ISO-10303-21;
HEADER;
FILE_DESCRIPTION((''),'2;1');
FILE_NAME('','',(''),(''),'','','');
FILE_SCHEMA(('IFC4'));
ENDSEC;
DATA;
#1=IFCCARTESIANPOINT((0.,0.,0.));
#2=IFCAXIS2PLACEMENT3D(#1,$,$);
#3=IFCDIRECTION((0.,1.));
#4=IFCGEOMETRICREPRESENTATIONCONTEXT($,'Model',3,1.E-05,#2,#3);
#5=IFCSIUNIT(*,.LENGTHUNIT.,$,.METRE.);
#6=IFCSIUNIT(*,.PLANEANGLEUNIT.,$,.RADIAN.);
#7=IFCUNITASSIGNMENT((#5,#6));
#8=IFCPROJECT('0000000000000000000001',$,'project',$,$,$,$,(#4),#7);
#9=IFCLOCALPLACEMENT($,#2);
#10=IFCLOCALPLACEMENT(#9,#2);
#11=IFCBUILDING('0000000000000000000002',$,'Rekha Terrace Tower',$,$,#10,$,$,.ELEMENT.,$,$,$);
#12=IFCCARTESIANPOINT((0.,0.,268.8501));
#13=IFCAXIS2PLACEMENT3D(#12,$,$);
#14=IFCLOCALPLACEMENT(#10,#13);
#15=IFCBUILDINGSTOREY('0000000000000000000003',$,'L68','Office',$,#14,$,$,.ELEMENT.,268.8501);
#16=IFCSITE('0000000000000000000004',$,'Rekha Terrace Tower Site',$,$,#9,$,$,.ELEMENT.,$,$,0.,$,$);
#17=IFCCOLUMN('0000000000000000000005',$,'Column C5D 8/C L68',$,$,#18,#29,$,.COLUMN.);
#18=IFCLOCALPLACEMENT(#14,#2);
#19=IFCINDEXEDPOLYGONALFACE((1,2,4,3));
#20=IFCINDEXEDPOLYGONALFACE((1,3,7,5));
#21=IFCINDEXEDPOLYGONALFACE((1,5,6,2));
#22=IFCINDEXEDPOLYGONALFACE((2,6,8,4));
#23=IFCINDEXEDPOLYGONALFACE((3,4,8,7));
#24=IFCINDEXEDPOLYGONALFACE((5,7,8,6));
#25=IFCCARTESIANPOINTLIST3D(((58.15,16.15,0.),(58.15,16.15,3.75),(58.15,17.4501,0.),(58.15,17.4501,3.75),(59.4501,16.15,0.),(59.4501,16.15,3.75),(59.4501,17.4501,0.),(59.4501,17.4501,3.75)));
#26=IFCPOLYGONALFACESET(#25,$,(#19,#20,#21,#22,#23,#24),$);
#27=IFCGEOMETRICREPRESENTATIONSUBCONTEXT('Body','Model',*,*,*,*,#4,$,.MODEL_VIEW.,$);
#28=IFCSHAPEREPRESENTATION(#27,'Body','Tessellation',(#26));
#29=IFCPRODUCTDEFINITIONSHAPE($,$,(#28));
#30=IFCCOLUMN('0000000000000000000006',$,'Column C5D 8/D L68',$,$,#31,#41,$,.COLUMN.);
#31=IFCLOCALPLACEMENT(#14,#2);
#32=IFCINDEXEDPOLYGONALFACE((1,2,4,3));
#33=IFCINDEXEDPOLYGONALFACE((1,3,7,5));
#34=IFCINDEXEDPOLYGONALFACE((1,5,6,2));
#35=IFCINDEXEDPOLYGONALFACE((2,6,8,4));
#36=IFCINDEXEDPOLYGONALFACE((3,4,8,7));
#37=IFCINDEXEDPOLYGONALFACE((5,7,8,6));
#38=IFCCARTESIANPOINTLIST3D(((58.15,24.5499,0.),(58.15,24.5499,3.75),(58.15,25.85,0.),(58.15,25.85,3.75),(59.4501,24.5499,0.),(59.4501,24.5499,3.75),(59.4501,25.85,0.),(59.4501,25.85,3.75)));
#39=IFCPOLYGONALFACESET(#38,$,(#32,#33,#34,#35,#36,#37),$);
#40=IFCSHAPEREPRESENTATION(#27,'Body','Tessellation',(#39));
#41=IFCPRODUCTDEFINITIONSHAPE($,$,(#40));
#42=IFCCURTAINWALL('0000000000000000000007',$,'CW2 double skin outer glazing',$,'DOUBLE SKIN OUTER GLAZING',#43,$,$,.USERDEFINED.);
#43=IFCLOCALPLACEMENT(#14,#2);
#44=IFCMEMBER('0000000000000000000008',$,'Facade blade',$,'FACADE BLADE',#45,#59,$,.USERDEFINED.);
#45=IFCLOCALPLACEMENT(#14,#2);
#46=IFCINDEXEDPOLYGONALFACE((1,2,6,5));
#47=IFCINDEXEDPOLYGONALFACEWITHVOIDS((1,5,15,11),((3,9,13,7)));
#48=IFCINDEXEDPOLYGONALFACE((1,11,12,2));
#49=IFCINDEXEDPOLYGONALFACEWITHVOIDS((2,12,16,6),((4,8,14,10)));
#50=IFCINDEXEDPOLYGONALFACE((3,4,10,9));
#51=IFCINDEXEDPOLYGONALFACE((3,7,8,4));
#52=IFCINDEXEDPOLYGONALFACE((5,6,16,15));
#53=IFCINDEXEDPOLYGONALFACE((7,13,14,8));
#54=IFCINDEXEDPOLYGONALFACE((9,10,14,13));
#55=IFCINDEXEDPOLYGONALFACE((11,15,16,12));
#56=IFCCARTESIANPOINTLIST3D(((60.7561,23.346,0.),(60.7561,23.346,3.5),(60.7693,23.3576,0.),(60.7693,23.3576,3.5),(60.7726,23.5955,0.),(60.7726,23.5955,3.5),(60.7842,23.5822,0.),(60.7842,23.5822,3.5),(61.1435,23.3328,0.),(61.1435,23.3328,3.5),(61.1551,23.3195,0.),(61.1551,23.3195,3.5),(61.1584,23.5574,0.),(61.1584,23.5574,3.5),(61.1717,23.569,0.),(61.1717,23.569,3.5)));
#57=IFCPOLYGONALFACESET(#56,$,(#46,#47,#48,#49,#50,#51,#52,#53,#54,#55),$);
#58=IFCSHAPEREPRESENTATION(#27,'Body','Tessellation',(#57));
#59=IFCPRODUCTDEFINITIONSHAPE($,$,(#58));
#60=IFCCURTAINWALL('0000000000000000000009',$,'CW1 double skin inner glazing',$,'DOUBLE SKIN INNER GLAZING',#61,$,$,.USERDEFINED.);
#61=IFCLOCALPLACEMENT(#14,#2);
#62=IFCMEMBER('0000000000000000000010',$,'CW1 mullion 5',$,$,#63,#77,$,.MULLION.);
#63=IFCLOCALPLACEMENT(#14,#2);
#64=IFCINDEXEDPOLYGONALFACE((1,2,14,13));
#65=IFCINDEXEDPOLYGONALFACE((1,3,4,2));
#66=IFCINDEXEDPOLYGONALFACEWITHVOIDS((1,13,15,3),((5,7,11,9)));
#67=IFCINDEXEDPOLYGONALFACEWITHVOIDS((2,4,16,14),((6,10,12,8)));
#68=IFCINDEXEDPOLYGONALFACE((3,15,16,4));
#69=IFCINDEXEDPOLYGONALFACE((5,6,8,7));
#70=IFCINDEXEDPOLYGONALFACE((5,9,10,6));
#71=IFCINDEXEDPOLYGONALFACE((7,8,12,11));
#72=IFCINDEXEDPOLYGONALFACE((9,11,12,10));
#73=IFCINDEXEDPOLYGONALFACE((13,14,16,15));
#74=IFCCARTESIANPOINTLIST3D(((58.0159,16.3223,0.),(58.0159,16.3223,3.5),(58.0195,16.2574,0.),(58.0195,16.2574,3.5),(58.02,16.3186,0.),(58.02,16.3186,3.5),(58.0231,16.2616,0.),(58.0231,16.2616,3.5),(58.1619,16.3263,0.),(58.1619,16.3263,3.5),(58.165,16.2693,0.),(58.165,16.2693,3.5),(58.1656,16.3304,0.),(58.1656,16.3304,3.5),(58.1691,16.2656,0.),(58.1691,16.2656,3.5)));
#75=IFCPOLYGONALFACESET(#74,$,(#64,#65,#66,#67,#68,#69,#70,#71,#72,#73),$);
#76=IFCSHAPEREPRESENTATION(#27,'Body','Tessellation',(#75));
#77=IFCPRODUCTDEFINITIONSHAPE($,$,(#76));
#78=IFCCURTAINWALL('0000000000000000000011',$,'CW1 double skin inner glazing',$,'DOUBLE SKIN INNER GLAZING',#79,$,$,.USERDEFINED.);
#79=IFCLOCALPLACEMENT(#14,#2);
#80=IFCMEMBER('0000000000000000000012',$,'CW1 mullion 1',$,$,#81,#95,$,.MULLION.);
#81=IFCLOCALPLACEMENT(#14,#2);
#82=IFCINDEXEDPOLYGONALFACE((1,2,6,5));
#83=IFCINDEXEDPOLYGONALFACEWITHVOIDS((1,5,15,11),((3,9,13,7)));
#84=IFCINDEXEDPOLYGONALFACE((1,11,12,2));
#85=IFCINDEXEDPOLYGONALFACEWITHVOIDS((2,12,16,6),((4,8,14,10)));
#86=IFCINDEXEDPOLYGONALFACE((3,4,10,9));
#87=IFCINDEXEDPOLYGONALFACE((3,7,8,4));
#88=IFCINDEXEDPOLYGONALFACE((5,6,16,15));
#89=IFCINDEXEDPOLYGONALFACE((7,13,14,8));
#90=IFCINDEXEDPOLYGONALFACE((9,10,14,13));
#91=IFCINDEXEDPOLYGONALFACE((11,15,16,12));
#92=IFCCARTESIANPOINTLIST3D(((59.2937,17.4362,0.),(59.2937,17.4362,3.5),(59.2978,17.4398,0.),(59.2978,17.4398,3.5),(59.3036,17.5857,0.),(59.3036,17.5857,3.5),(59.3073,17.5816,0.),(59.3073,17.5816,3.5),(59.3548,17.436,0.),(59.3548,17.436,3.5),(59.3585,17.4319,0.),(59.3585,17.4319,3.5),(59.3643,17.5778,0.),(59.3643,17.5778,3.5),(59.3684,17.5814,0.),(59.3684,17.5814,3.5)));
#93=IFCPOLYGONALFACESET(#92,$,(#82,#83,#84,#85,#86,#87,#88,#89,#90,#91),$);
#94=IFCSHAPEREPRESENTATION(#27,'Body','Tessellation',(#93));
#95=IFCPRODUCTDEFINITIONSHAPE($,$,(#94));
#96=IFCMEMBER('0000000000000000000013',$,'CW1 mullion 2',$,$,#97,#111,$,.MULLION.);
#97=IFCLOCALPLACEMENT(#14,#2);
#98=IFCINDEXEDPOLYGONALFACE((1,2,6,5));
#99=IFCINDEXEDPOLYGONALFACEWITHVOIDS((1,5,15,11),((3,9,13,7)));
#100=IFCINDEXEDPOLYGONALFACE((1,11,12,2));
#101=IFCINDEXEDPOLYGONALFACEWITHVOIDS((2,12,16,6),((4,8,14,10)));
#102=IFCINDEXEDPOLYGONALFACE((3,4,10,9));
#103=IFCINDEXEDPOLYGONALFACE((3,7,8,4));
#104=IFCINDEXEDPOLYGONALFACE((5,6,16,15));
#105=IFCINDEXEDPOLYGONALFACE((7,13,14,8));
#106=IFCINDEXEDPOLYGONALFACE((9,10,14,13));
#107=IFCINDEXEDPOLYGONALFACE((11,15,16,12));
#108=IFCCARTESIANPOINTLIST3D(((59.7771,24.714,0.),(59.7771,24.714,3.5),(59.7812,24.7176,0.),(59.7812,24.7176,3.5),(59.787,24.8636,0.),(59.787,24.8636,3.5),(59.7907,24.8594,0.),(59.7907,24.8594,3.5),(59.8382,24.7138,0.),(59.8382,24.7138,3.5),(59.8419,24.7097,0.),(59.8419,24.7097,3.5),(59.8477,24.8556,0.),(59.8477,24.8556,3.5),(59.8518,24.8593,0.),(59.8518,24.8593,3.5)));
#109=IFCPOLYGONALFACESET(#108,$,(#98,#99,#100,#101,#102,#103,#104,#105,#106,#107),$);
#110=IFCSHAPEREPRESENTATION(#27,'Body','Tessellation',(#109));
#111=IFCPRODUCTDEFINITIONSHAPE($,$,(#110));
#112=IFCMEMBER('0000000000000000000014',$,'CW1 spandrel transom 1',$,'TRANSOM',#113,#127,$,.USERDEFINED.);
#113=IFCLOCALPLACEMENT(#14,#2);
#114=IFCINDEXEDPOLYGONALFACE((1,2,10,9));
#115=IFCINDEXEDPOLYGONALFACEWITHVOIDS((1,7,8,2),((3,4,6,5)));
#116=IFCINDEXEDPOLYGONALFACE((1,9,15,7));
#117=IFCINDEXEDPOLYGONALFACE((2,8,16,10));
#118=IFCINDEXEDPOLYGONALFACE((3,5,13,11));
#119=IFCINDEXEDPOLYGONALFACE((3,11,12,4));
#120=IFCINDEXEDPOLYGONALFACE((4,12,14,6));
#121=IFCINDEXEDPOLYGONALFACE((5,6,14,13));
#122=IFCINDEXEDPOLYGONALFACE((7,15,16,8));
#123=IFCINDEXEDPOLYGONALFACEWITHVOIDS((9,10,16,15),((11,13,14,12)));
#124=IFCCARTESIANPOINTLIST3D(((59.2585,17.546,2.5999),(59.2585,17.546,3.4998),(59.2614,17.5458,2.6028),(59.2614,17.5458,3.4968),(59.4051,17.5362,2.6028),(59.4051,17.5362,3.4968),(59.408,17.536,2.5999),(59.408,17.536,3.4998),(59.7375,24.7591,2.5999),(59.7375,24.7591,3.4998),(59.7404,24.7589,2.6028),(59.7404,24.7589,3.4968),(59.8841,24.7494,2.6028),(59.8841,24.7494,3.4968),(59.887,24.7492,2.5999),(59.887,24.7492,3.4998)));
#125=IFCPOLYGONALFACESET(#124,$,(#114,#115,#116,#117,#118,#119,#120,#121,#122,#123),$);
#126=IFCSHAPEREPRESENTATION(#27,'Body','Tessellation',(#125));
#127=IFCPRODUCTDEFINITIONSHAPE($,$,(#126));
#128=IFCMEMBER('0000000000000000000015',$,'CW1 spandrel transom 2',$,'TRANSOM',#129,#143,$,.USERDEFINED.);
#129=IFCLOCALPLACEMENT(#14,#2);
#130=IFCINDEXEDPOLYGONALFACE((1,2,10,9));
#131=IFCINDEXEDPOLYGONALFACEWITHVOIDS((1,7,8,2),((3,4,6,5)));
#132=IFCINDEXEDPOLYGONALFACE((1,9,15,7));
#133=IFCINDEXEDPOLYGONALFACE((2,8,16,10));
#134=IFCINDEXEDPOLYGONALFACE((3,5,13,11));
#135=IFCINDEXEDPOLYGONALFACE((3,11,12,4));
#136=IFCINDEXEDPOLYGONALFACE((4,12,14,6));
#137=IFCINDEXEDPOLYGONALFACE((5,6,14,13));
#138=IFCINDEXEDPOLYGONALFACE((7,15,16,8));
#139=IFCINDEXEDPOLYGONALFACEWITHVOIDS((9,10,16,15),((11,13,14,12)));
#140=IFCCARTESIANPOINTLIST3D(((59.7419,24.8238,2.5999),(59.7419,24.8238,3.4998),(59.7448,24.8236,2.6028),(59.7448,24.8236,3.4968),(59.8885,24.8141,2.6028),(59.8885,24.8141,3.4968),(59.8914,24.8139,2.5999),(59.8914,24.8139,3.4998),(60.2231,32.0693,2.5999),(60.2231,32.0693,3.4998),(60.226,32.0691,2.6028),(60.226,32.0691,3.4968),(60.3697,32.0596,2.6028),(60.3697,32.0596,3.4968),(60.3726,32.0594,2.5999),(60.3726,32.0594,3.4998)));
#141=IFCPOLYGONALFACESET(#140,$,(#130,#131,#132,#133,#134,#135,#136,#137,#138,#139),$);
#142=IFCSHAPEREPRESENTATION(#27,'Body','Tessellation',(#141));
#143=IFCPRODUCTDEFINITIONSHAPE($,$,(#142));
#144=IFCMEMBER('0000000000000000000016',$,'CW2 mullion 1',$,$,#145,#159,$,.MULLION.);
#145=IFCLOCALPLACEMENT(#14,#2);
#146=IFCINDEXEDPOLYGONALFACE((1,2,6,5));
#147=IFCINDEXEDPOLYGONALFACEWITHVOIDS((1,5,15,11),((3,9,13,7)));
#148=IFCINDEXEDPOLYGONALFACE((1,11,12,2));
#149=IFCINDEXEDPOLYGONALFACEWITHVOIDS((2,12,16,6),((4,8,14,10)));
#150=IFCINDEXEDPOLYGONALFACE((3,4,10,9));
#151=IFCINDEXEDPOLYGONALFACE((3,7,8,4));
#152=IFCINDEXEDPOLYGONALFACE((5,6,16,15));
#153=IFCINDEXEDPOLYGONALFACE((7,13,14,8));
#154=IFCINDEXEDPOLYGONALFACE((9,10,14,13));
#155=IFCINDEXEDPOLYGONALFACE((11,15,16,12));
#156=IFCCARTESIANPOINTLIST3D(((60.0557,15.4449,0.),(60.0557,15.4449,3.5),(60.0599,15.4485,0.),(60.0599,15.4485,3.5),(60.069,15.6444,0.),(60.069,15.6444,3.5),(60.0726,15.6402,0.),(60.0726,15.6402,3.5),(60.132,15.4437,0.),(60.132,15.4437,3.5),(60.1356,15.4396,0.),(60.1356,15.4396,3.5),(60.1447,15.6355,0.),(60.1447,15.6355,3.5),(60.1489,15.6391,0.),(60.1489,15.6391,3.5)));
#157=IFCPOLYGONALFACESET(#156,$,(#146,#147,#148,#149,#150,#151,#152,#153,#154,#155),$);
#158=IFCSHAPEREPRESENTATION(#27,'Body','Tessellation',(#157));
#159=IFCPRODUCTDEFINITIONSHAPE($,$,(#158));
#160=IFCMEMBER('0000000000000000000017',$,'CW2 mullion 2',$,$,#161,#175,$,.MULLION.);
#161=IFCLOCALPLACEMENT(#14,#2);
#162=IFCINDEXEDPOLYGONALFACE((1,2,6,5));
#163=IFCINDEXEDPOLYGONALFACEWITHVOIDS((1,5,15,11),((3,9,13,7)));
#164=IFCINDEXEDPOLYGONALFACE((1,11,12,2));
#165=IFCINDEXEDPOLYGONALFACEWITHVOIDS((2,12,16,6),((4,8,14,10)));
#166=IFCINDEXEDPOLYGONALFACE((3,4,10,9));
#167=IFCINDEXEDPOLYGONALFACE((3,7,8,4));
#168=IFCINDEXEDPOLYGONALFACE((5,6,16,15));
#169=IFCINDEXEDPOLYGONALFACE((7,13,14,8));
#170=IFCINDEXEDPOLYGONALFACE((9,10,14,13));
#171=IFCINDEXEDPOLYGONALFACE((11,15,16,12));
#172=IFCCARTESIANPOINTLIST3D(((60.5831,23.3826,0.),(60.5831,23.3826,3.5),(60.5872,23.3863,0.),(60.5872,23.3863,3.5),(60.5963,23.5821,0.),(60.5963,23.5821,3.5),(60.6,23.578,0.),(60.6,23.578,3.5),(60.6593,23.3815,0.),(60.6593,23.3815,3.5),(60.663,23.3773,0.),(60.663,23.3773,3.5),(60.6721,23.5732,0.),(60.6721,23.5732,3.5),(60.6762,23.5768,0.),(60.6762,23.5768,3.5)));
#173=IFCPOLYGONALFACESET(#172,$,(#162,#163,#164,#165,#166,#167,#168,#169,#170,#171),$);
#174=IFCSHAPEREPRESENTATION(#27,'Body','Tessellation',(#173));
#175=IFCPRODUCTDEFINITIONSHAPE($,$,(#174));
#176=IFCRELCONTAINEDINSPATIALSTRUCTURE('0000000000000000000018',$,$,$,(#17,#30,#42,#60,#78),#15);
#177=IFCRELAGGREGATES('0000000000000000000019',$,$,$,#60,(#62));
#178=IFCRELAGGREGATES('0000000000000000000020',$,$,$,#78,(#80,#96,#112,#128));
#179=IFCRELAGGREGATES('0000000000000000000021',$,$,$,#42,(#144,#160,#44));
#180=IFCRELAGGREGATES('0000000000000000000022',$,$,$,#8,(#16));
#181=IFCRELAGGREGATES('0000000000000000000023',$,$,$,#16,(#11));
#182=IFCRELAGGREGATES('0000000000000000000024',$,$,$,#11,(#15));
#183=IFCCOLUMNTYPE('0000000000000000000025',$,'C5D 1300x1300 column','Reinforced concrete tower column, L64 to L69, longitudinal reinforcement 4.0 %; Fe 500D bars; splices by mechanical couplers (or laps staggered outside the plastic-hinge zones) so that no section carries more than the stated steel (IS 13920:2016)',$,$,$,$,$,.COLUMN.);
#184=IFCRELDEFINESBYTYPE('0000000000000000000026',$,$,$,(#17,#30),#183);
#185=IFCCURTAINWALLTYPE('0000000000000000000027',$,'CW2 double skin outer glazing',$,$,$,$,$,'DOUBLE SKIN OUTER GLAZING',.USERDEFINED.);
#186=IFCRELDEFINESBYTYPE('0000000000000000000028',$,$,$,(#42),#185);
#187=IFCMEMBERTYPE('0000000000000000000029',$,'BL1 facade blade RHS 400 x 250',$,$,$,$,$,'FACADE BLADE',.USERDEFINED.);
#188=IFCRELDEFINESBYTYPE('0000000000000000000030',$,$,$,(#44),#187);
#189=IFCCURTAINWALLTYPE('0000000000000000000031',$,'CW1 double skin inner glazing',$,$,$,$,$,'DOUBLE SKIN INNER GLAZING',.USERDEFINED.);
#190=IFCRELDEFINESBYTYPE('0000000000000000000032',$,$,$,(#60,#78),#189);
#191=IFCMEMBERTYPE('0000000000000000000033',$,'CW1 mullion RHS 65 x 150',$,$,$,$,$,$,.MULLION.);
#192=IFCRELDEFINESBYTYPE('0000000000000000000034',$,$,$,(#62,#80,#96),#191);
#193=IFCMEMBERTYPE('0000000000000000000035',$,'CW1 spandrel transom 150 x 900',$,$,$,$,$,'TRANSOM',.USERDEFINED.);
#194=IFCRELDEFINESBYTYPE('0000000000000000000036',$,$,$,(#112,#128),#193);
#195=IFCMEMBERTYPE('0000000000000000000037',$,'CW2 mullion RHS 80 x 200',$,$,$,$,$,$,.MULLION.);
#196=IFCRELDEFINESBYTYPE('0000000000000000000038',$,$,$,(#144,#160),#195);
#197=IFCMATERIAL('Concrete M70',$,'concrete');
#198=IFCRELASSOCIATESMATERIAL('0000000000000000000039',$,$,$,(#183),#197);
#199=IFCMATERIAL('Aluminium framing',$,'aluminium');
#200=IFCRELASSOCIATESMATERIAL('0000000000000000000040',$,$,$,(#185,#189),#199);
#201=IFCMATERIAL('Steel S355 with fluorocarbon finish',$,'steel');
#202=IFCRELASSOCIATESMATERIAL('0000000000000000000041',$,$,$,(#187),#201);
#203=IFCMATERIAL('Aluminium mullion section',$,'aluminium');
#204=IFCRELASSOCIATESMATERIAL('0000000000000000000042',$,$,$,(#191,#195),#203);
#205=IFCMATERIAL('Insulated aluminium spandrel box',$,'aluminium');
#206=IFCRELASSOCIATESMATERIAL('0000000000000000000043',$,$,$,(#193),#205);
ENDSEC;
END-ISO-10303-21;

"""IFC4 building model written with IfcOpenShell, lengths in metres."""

from ifc_helpers import new_model, si_unit, direction, frame, origin, origin_2d, place, context, subcontext, project, spatial, rectangle, hollow_rectangle, extrude, material, material_profile, profile_set, type_object, element, aggregate, save


model = new_model("IFC4")

# Units and contexts
model_context = context("Model", 3, precision=1e-05, world=origin(), true_north=direction((0.0, 1.0)))
body_context = subcontext(model_context, "Body", "Model", "MODEL_VIEW")
ifc_project = project(units=[si_unit("LENGTHUNIT", "METRE"), si_unit("PLANEANGLEUNIT", "RADIAN")], contexts=[model_context])

# Site, building, storey
site_placement = place(None, origin())
site = spatial("IfcSite", under=ifc_project, at=site_placement, Name="Rekha Terrace Tower Site", CompositionType="ELEMENT", RefElevation=0.0)
building_placement = place(site_placement, origin())
building = spatial("IfcBuilding", under=site, at=building_placement, Name="Rekha Terrace Tower", CompositionType="ELEMENT")
storey_placement = place(building_placement, frame((0.0, 0.0, 268.8501)))
storey = spatial("IfcBuildingStorey", under=building, at=storey_placement, Name="L68", Description="Office", CompositionType="ELEMENT", Elevation=268.8501)

# Columns
ifc_material_1 = material(Name="Concrete M70", Category="concrete")
ifc_material_profile_1 = material_profile(ifc_material_1, rectangle(XDim=1.3, YDim=1.3, at=origin_2d()), Name="RC 1300x1300")
ifc_profile_set_1 = profile_set([ifc_material_profile_1], Name="Concrete M70")
column_type = type_object("IfcColumnType", Name="C5D 1300x1300 column", Description="Reinforced concrete tower column, L64 to L69, longitudinal reinforcement 4.0 %; Fe 500D bars; splices by mechanical couplers (or laps staggered outside the plastic-hinge zones) so that no section carries more than the stated steel (IS 13920:2016)", PredefinedType="COLUMN", material=ifc_profile_set_1)
for number, where, z_axis, x_axis, name in (
    (1, (58.8, 16.8, 0.0), (0.0, 0.0, 1.0), (1.0, 0.0, 0.0), "Column C5D 8/C L68"),
    (2, (58.8, 25.2, 0.0), (0.0, 0.0, 1.0), (1.0, 0.0, 0.0), "Column C5D 8/D L68"),
):
    element("IfcColumn", number, at=place(storey_placement, frame(where, z_axis=z_axis, x_axis=x_axis)), inside=storey, type_object=column_type, Name=name, PredefinedType="COLUMN", context=body_context, shape_type="SweptSolid", body=[
        extrude(rectangle(XDim=1.3, YDim=1.3, at=origin_2d()), origin(), (0.0, 0.0, 1.0), 3.75),
    ])

# Curtain walls, members
ifc_material_2 = material(Name="Aluminium framing", Category="aluminium")
curtain_wall_type_1 = type_object("IfcCurtainWallType", Name="CW2 double skin outer glazing", ElementType="DOUBLE SKIN OUTER GLAZING", PredefinedType="USERDEFINED", material=ifc_material_2)
curtain_wall_1_placement = place(storey_placement, origin())
curtain_wall_1 = element("IfcCurtainWall", 3, at=curtain_wall_1_placement, inside=storey, type_object=curtain_wall_type_1, Name="CW2 double skin outer glazing", ObjectType="DOUBLE SKIN OUTER GLAZING", PredefinedType="USERDEFINED")
ifc_material_3 = material(Name="Steel S355 with fluorocarbon finish", Category="steel")
ifc_material_profile_2 = material_profile(ifc_material_3, hollow_rectangle(XDim=0.25, YDim=0.3999, WallThickness=0.0125, at=origin_2d()), Name="RHS400x250x12.5")
ifc_profile_set_2 = profile_set([ifc_material_profile_2], Name="Steel S355 with fluorocarbon finish")
member_type_1 = type_object("IfcMemberType", Name="BL1 facade blade RHS 400 x 250", ElementType="FACADE BLADE", PredefinedType="USERDEFINED", material=ifc_profile_set_2)
member_1_placement = place(storey_placement, frame((60.9639, 23.4575, 0.0), z_axis=(0.0, 0.0, 1.0), x_axis=(0.066272, 0.997802, 0.0)))
member_1 = element("IfcMember", 4, at=member_1_placement, type_object=member_type_1, Name="Facade blade", ObjectType="FACADE BLADE", PredefinedType="USERDEFINED", context=body_context, shape_type="SweptSolid", body=[
    extrude(hollow_rectangle(XDim=0.25, YDim=0.3999, WallThickness=0.0125, at=origin_2d()), origin(), (0.0, 0.0, 1.0), 3.5),
])
curtain_wall_type_2 = type_object("IfcCurtainWallType", Name="CW1 double skin inner glazing", ElementType="DOUBLE SKIN INNER GLAZING", PredefinedType="USERDEFINED", material=ifc_material_2)
curtain_wall_2_placement = place(storey_placement, origin())
curtain_wall_2 = element("IfcCurtainWall", 5, at=curtain_wall_2_placement, inside=storey, type_object=curtain_wall_type_2, Name="CW1 double skin inner glazing", ObjectType="DOUBLE SKIN INNER GLAZING", PredefinedType="USERDEFINED")
ifc_material_4 = material(Name="Aluminium mullion section", Category="aluminium")
ifc_material_profile_3 = material_profile(ifc_material_4, hollow_rectangle(XDim=0.0649, YDim=0.1499, WallThickness=0.0039, at=origin_2d()), Name="AL RHS 65x150")
ifc_profile_set_3 = profile_set([ifc_material_profile_3], Name="Aluminium mullion section")
member_type_2 = type_object("IfcMemberType", Name="CW1 mullion RHS 65 x 150", PredefinedType="MULLION", material=ifc_profile_set_3)
member_2_placement = place(storey_placement, frame((58.0925, 16.2939, 0.0), z_axis=(0.0, 0.0, 1.0), x_axis=(-0.054389, 0.99852, 0.0)))
member_2 = element("IfcMember", 6, at=member_2_placement, type_object=member_type_2, Name="CW1 mullion 5", PredefinedType="MULLION", context=body_context, shape_type="SweptSolid", body=[
    extrude(hollow_rectangle(XDim=0.0649, YDim=0.1499, WallThickness=0.0039, at=origin_2d()), origin(), (0.0, 0.0, 1.0), 3.5),
])

# Curtain wall, members
curtain_wall_3_placement = place(storey_placement, origin())
curtain_wall_3 = element("IfcCurtainWall", 7, at=curtain_wall_3_placement, inside=storey, type_object=curtain_wall_type_2, Name="CW1 double skin inner glazing", ObjectType="DOUBLE SKIN INNER GLAZING", PredefinedType="USERDEFINED")
member_3_placement = place(storey_placement, frame((59.3311, 17.5088, 0.0), z_axis=(0.0, 0.0, 1.0), x_axis=(-0.997802, 0.066272, 0.0)))
member_3 = element("IfcMember", 8, at=member_3_placement, type_object=member_type_2, Name="CW1 mullion 1", PredefinedType="MULLION", context=body_context, shape_type="SweptSolid", body=[
    extrude(hollow_rectangle(XDim=0.0649, YDim=0.1499, WallThickness=0.0039, at=origin_2d()), origin(), (0.0, 0.0, 1.0), 3.5),
])
member_4_placement = place(storey_placement, frame((59.8145, 24.7866, 0.0), z_axis=(0.0, 0.0, 1.0), x_axis=(-0.997802, 0.066272, 0.0)))
member_4 = element("IfcMember", 9, at=member_4_placement, type_object=member_type_2, Name="CW1 mullion 2", PredefinedType="MULLION", context=body_context, shape_type="SweptSolid", body=[
    extrude(hollow_rectangle(XDim=0.0649, YDim=0.1499, WallThickness=0.0039, at=origin_2d()), origin(), (0.0, 0.0, 1.0), 3.5),
])
ifc_material_5 = material(Name="Insulated aluminium spandrel box", Category="aluminium")
ifc_material_profile_4 = material_profile(ifc_material_5, hollow_rectangle(XDim=0.1499, YDim=0.8999, WallThickness=0.0029, at=origin_2d()), Name="AL SPANDREL BOX 150x900")
ifc_profile_set_4 = profile_set([ifc_material_profile_4], Name="Insulated aluminium spandrel box")
member_type_3 = type_object("IfcMemberType", Name="CW1 spandrel transom 150 x 900", ElementType="TRANSOM", PredefinedType="USERDEFINED", material=ifc_profile_set_4)
member_5_placement = place(storey_placement, frame((59.3333, 17.541, 3.0498), z_axis=(0.066261, 0.997802, 0.0), x_axis=(-0.997802, 0.066261, 0.0)))
member_5 = element("IfcMember", 10, at=member_5_placement, type_object=member_type_3, Name="CW1 spandrel transom 1", ObjectType="TRANSOM", PredefinedType="USERDEFINED", context=body_context, shape_type="SweptSolid", body=[
    extrude(hollow_rectangle(XDim=0.1499, YDim=0.8999, WallThickness=0.0029, at=origin_2d()), origin(), (0.0, 0.0, 1.0), 7.229),
])
member_6_placement = place(storey_placement, frame((59.8167, 24.8188, 3.0498), z_axis=(0.066267, 0.997802, 0.0), x_axis=(-0.997802, 0.066267, 0.0)))
member_6 = element("IfcMember", 11, at=member_6_placement, type_object=member_type_3, Name="CW1 spandrel transom 2", ObjectType="TRANSOM", PredefinedType="USERDEFINED", context=body_context, shape_type="SweptSolid", body=[
    extrude(hollow_rectangle(XDim=0.1499, YDim=0.8999, WallThickness=0.0029, at=origin_2d()), origin(), (0.0, 0.0, 1.0), 7.2615),
])

# Members
ifc_material_profile_5 = material_profile(ifc_material_4, hollow_rectangle(XDim=0.0801, YDim=0.2, WallThickness=0.0039, at=origin_2d()), Name="AL RHS 80x200")
ifc_profile_set_5 = profile_set([ifc_material_profile_5], Name="Aluminium mullion section")
member_type_4 = type_object("IfcMemberType", Name="CW2 mullion RHS 80 x 200", PredefinedType="MULLION", material=ifc_profile_set_5)
member_7_placement = place(storey_placement, frame((60.1023, 15.542, 0.0), z_axis=(0.0, 0.0, 1.0), x_axis=(-0.997802, 0.066272, 0.0)))
member_7 = element("IfcMember", 12, at=member_7_placement, type_object=member_type_4, Name="CW2 mullion 1", PredefinedType="MULLION", context=body_context, shape_type="SweptSolid", body=[
    extrude(hollow_rectangle(XDim=0.0801, YDim=0.2, WallThickness=0.0039, at=origin_2d()), origin(), (0.0, 0.0, 1.0), 3.5),
])
member_8_placement = place(storey_placement, frame((60.6296, 23.4797, 0.0), z_axis=(0.0, 0.0, 1.0), x_axis=(-0.997802, 0.066272, 0.0)))
member_8 = element("IfcMember", 13, at=member_8_placement, type_object=member_type_4, Name="CW2 mullion 2", PredefinedType="MULLION", context=body_context, shape_type="SweptSolid", body=[
    extrude(hollow_rectangle(XDim=0.0801, YDim=0.2, WallThickness=0.0039, at=origin_2d()), origin(), (0.0, 0.0, 1.0), 3.5),
])

aggregate(curtain_wall_2, [member_2])
aggregate(curtain_wall_3, [member_3, member_4, member_5, member_6])

aggregate(curtain_wall_1, [member_7, member_8, member_1])

save(model, "model.ifc")
